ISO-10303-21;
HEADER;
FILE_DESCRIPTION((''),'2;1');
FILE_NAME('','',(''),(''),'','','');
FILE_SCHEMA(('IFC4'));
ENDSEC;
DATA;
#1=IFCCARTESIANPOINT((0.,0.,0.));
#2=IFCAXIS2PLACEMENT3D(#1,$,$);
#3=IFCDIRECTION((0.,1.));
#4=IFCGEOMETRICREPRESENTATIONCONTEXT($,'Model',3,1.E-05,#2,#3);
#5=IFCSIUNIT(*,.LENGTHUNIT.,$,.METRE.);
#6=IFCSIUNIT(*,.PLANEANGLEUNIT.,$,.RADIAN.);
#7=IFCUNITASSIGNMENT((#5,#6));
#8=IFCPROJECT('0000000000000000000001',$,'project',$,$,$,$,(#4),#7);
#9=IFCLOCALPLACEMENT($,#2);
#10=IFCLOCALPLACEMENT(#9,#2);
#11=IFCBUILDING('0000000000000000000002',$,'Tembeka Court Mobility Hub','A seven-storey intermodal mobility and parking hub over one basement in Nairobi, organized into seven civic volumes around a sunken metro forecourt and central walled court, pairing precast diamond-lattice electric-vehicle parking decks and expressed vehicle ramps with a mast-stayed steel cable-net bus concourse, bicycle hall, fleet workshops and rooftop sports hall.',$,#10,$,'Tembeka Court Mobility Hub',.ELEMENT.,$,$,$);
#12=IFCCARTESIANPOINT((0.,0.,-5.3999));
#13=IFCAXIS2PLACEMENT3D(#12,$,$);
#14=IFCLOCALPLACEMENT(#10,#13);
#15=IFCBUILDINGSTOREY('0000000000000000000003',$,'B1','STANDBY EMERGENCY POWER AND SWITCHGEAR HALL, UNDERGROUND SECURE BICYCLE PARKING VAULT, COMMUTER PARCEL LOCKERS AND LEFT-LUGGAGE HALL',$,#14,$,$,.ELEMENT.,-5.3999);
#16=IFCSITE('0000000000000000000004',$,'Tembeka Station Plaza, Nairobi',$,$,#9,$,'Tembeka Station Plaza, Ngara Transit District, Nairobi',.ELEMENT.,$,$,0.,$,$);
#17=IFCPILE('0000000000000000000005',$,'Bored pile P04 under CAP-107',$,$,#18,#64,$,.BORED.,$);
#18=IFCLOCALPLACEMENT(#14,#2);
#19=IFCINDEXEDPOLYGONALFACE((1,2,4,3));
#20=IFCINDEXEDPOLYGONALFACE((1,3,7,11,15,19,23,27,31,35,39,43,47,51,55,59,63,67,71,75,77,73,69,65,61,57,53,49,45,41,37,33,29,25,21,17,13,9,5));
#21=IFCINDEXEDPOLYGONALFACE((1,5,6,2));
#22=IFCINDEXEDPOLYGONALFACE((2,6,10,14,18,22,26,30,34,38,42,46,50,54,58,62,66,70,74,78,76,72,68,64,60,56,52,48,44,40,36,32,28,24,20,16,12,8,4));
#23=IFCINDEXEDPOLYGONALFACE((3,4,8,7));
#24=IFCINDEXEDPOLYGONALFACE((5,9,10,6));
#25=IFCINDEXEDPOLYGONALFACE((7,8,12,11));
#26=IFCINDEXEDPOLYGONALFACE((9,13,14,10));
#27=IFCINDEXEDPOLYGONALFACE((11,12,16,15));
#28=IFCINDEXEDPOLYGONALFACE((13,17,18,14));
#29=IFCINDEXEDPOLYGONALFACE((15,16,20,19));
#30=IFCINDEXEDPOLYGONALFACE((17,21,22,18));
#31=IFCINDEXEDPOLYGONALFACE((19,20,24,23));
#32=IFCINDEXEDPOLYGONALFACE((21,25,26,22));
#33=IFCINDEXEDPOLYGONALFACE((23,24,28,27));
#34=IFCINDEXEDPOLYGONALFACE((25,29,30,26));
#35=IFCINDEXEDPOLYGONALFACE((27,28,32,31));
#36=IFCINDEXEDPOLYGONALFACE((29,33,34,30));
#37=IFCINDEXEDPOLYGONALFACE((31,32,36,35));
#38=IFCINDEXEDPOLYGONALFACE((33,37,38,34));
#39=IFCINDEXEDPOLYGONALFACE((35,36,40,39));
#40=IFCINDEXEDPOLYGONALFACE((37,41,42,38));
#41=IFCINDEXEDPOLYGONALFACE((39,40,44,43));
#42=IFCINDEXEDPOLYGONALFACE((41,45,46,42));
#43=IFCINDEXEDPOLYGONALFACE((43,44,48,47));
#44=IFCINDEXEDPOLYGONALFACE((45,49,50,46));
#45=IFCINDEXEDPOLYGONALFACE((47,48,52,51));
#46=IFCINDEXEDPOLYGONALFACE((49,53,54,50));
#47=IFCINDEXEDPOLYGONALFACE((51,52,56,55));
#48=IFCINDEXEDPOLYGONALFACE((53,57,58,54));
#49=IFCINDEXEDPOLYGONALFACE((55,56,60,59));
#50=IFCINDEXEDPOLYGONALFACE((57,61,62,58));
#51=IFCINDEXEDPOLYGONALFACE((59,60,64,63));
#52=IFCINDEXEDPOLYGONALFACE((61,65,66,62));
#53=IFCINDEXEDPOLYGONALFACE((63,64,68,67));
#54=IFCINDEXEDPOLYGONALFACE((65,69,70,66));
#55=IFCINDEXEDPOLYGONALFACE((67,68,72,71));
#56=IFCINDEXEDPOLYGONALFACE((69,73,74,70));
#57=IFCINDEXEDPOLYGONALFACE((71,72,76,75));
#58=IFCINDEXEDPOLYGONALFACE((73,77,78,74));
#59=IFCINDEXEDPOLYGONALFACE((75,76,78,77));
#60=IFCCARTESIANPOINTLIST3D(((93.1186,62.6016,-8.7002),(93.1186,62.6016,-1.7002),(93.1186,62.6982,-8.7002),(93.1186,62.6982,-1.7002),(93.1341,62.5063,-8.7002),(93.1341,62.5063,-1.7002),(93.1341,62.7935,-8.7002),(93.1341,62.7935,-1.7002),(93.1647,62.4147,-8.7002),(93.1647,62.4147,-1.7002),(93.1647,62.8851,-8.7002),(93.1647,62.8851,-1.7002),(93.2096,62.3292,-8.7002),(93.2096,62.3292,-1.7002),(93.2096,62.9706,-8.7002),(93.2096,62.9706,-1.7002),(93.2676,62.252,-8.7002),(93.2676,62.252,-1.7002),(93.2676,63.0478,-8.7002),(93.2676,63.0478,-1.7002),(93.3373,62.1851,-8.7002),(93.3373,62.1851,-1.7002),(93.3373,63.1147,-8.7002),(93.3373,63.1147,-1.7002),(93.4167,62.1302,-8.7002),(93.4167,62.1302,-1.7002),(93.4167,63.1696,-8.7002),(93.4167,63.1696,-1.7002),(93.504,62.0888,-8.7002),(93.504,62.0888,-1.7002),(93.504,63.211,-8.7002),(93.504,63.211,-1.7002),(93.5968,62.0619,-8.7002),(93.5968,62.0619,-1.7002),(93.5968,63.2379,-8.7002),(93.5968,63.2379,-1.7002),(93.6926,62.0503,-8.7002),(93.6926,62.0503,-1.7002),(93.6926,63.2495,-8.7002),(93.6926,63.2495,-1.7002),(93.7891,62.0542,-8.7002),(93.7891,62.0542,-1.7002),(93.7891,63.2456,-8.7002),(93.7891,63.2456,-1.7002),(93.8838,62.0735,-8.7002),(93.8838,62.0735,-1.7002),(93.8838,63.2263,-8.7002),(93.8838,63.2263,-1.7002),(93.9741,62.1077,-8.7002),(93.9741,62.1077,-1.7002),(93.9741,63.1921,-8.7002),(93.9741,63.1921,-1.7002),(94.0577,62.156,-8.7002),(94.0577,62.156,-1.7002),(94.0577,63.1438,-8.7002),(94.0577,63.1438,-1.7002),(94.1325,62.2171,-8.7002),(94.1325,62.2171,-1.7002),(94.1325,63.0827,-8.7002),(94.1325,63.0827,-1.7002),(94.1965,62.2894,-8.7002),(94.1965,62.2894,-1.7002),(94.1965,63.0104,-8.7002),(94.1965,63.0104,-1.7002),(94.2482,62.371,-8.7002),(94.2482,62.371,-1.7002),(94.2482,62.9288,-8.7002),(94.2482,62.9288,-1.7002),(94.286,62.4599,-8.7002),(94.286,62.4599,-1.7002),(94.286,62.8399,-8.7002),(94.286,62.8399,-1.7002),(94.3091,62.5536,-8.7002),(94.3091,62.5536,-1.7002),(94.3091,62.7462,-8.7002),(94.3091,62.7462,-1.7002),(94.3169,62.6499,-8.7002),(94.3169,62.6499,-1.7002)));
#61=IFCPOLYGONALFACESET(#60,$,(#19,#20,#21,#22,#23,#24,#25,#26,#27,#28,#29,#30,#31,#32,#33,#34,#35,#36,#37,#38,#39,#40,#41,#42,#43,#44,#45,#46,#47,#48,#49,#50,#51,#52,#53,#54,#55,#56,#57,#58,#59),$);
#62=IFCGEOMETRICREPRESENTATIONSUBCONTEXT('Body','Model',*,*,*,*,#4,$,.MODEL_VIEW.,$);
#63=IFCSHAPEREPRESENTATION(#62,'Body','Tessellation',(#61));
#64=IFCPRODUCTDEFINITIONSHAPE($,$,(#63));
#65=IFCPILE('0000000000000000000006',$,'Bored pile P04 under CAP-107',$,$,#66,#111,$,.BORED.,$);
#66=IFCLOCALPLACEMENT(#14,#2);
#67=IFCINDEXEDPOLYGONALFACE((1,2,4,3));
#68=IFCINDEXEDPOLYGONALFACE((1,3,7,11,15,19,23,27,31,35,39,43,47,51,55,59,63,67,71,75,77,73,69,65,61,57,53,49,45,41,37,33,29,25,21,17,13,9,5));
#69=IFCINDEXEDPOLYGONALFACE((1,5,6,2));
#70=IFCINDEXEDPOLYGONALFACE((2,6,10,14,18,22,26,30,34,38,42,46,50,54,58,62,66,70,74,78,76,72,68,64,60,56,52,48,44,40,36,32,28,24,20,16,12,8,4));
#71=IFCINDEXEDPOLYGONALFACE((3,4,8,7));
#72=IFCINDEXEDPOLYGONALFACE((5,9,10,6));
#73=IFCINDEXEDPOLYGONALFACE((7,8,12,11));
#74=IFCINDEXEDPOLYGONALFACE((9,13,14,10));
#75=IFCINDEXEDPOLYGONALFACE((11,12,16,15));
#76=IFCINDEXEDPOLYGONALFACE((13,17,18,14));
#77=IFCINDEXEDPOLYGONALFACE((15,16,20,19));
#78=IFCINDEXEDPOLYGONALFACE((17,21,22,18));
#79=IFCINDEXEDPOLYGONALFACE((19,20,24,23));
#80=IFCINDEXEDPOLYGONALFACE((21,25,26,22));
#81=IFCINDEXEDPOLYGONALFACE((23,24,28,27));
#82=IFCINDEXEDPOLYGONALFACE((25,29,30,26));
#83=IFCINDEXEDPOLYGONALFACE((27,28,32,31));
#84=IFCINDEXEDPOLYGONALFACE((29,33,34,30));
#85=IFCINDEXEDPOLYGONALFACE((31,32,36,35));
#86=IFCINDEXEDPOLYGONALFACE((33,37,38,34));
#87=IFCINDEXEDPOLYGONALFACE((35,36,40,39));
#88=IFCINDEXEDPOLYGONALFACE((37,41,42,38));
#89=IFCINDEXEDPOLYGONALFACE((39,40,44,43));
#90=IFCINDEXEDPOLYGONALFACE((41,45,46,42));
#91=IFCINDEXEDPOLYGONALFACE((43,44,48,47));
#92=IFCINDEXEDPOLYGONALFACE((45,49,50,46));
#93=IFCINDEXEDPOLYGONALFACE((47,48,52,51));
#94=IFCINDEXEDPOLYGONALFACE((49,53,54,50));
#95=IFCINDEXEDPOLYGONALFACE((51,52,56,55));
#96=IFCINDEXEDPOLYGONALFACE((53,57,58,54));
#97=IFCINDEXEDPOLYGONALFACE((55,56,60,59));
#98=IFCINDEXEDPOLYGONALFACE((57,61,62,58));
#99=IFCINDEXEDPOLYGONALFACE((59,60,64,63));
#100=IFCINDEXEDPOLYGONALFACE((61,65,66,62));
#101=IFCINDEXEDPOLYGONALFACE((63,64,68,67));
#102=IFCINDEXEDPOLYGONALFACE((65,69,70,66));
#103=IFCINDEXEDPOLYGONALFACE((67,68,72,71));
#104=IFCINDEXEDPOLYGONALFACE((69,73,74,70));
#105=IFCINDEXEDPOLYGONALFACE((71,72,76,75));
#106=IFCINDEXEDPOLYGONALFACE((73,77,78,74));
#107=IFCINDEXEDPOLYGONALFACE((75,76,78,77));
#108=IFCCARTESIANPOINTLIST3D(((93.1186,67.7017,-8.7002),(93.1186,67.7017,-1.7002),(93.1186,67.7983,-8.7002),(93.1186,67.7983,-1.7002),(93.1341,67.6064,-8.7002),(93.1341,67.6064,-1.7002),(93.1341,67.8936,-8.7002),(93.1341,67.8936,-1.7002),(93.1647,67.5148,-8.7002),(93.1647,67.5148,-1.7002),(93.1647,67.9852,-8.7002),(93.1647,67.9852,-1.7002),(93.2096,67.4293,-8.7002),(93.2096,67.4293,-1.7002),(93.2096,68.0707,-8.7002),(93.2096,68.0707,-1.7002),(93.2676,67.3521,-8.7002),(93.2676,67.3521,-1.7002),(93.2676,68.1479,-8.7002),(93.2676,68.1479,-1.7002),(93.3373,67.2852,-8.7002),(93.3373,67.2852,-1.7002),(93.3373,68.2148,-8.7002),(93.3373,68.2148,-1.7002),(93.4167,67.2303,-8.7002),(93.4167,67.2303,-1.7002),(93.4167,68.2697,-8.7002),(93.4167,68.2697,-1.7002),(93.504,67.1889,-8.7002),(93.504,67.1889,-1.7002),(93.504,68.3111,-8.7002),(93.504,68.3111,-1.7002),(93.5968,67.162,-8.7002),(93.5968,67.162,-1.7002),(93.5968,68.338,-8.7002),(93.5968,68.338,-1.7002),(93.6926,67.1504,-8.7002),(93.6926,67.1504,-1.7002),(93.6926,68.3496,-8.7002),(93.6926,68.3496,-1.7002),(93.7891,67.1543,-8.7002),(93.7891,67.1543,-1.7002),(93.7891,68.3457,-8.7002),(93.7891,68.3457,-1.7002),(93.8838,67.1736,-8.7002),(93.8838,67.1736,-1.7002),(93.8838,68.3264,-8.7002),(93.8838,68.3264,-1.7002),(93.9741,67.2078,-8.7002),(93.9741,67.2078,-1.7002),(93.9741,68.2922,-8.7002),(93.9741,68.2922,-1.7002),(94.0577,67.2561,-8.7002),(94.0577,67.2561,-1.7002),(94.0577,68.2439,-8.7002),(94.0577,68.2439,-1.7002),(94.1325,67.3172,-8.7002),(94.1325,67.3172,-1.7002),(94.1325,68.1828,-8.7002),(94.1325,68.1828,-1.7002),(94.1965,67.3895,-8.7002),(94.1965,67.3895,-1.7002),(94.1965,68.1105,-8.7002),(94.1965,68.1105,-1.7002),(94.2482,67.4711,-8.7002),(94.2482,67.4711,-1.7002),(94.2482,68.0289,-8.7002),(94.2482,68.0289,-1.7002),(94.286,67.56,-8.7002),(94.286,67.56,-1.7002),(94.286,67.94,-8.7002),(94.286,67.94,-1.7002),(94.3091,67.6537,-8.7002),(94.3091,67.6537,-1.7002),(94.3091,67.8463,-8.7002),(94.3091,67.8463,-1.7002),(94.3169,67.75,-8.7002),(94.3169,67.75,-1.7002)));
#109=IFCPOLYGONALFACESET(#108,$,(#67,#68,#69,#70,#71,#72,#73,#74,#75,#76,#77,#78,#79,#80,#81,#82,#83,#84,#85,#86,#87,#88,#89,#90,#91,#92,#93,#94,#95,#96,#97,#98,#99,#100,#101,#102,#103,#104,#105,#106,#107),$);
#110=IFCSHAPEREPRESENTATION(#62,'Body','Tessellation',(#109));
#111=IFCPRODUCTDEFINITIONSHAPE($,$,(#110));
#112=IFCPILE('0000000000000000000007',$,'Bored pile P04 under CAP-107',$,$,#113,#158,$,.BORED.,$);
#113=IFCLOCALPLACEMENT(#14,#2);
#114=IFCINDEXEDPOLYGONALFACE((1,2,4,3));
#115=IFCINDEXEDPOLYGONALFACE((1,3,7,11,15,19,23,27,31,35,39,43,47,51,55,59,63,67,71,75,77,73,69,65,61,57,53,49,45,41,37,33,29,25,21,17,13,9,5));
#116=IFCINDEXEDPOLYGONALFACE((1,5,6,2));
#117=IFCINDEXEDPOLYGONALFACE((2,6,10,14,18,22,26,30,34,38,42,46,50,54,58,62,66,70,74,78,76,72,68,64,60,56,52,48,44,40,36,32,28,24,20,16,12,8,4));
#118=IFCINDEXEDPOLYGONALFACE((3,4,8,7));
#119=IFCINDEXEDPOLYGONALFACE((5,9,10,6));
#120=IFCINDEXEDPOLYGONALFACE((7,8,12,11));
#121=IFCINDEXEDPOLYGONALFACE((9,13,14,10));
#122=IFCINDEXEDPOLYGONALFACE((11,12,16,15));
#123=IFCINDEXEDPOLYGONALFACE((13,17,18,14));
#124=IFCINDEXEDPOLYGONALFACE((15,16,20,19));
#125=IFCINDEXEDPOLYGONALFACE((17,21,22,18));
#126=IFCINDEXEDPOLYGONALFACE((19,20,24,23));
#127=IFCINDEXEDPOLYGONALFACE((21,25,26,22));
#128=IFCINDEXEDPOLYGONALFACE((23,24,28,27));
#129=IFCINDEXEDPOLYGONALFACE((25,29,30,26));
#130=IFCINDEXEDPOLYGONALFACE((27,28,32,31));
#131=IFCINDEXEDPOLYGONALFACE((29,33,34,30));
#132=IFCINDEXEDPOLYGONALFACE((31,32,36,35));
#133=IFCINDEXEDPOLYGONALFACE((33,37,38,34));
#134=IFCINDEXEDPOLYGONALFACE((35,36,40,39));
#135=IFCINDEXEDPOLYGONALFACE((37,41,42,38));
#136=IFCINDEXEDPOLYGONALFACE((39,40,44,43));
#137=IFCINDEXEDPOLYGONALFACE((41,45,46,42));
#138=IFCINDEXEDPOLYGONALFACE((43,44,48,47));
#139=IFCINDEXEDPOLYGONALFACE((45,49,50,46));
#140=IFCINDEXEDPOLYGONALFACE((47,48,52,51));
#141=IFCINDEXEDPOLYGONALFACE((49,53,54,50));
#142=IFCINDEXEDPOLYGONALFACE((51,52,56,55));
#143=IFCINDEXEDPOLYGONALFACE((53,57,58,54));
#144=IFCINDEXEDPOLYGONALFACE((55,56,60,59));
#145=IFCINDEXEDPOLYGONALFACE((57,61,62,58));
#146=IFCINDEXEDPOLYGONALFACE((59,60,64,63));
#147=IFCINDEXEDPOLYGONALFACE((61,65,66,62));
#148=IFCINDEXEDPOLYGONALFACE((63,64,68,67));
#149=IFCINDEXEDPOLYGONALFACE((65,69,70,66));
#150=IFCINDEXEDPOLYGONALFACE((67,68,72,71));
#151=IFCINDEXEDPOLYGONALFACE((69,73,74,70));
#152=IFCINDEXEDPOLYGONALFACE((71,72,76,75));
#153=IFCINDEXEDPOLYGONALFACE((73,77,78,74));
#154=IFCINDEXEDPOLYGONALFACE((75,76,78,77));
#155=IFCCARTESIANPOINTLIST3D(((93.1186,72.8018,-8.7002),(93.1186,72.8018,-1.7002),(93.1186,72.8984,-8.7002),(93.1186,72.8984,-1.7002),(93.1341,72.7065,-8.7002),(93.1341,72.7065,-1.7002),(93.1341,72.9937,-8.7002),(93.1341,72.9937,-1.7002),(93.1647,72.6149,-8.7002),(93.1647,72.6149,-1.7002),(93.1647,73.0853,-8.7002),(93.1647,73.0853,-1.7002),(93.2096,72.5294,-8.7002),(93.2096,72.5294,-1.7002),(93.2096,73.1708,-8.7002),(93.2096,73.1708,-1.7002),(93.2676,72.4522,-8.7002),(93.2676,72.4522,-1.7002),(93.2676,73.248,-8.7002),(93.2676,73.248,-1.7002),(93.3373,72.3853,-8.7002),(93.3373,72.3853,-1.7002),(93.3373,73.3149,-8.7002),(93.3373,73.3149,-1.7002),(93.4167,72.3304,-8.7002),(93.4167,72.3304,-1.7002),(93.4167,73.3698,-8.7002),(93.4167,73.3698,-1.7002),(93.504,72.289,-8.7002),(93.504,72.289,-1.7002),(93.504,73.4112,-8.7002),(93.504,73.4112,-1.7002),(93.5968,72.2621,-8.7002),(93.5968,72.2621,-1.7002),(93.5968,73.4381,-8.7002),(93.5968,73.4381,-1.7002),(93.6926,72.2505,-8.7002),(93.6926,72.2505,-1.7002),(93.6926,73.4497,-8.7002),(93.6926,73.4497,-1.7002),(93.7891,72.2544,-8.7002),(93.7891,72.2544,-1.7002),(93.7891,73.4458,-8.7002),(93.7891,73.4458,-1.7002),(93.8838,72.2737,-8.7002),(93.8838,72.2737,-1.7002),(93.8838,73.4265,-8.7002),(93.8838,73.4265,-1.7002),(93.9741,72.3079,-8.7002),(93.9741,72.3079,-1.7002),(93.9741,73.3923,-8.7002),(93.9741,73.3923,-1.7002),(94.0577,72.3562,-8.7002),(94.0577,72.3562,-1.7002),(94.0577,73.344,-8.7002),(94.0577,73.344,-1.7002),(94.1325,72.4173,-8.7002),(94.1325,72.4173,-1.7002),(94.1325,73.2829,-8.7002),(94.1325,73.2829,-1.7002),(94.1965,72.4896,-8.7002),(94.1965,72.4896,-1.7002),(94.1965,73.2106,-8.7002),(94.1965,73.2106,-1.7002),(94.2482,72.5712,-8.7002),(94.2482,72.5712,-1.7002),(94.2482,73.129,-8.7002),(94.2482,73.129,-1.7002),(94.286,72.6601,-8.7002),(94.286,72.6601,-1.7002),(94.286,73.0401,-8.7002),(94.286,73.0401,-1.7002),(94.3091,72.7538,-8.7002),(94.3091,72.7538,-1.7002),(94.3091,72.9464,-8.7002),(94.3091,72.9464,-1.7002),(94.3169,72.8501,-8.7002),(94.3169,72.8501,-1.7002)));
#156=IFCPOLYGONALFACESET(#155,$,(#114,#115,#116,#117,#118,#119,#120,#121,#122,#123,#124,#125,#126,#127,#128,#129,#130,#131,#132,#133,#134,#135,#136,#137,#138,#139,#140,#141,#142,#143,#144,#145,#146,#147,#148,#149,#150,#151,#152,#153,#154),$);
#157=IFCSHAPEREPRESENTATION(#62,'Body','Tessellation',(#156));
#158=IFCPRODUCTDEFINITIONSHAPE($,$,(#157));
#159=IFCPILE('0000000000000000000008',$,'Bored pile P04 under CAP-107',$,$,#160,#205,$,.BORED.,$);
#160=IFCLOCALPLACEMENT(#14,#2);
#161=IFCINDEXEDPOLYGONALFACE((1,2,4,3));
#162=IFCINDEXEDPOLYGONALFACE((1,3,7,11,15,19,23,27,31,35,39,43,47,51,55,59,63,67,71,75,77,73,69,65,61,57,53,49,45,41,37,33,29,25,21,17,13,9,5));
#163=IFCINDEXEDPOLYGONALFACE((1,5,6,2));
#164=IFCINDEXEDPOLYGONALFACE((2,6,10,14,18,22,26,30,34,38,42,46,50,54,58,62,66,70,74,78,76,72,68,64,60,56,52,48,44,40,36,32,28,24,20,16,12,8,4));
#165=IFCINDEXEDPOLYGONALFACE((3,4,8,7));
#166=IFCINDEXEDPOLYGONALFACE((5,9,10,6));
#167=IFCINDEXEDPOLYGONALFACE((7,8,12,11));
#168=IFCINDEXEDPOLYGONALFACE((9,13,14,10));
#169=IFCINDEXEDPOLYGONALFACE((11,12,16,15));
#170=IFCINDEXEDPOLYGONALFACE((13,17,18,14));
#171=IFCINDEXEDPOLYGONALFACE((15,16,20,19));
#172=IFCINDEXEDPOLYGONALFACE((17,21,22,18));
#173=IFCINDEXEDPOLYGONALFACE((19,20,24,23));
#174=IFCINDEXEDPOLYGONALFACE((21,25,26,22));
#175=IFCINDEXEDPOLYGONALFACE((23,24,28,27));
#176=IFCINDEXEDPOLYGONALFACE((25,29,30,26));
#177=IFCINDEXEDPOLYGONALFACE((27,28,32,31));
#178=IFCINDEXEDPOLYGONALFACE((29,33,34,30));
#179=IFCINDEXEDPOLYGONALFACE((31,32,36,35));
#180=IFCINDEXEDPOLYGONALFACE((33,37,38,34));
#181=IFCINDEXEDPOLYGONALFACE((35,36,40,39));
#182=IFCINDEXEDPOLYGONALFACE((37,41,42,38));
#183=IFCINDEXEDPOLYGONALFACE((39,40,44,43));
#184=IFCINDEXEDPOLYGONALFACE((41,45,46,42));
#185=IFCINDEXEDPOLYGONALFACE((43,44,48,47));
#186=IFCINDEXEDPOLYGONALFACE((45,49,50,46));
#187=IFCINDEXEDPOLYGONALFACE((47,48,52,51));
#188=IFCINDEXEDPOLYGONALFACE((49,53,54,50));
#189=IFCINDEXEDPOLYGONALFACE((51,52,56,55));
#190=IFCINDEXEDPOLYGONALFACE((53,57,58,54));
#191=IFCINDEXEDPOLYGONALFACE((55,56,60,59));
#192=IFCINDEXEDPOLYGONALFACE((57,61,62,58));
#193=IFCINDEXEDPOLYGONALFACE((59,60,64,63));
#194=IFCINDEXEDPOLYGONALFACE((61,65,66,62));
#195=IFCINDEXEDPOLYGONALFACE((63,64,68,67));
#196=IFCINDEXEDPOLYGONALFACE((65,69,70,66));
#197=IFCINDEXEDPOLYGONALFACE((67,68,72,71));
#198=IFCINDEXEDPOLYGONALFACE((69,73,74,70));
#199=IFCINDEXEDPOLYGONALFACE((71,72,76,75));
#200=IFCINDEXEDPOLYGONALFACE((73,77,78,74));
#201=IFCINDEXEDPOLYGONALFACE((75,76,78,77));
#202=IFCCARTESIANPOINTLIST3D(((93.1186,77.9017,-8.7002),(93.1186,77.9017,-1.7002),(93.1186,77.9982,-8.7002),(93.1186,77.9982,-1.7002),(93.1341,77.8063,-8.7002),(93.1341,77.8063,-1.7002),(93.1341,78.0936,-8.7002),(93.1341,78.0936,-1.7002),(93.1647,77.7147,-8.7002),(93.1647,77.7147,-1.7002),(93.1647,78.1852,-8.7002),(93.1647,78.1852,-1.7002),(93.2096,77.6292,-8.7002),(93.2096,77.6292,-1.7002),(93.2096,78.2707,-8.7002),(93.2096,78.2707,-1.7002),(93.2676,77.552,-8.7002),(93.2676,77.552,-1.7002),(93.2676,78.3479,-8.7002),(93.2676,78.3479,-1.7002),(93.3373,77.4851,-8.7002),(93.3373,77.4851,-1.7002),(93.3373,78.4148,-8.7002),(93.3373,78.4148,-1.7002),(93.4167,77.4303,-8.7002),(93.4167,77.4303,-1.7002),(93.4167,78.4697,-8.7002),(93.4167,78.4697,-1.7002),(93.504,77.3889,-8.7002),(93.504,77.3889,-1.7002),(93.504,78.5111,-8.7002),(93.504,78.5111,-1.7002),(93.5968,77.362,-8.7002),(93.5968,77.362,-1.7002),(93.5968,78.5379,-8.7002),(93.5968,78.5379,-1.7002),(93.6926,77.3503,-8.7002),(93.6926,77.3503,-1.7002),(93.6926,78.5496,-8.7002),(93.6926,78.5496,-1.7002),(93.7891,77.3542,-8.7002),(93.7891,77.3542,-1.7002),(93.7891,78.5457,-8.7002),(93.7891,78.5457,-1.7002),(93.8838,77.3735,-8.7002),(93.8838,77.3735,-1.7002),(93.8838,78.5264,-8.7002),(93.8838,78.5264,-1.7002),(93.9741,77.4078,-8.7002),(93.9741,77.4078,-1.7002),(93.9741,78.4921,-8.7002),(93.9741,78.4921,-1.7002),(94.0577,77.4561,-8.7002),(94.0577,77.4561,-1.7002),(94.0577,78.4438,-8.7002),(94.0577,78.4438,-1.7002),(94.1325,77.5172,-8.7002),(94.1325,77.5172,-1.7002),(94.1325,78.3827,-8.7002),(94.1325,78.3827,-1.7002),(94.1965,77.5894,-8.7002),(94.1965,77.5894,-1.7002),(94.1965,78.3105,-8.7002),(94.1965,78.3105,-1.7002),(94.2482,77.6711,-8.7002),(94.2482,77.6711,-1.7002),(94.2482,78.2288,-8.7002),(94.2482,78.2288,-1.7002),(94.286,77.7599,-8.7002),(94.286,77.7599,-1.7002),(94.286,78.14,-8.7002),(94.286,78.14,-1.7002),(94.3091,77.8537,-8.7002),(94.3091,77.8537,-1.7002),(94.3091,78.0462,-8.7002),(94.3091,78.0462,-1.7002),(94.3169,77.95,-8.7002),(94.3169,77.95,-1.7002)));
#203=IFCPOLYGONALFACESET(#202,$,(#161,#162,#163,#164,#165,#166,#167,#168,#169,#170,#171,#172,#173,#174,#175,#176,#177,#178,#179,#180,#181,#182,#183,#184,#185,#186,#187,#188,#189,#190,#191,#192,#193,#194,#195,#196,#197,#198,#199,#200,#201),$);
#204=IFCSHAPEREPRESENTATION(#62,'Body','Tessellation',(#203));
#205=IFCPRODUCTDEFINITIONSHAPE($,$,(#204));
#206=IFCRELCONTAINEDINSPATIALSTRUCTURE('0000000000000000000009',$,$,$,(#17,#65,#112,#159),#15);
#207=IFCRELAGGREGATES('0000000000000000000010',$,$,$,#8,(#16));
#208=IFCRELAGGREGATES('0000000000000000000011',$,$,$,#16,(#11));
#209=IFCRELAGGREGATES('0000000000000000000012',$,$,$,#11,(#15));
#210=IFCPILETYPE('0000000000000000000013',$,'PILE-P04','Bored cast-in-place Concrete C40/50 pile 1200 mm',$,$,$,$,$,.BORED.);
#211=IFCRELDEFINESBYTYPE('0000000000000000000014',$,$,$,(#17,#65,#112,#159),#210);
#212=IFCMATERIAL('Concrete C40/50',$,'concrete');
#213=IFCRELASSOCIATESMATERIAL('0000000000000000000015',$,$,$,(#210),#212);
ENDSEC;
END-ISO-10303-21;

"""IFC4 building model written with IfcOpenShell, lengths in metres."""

from ifc_helpers import new_model, si_unit, direction, frame, origin, origin_2d, place, context, subcontext, project, spatial, circle, extrude, material, material_profile, profile_set, type_object, element, save


model = new_model("IFC4")

# Units and contexts
model_context = context("Model", 3, precision=1e-05, world=origin(), true_north=direction((0.0, 1.0)))
body_context = subcontext(model_context, "Body", "Model", "MODEL_VIEW")
ifc_project = project(units=[si_unit("LENGTHUNIT", "METRE"), si_unit("PLANEANGLEUNIT", "RADIAN")], contexts=[model_context])

# Site, building, storey
site_placement = place(None, origin())
site = spatial("IfcSite", under=ifc_project, at=site_placement, Name="Tembeka Station Plaza, Nairobi", LongName="Tembeka Station Plaza, Ngara Transit District, Nairobi", CompositionType="ELEMENT", RefElevation=0.0)
building_placement = place(site_placement, origin())
building = spatial("IfcBuilding", under=site, at=building_placement, Name="Tembeka Court Mobility Hub", Description="A seven-storey intermodal mobility and parking hub over one basement in Nairobi, organized into seven civic volumes around a sunken metro forecourt and central walled court, pairing precast diamond-lattice electric-vehicle parking decks and expressed vehicle ramps with a mast-stayed steel cable-net bus concourse, bicycle hall, fleet workshops and rooftop sports hall.", LongName="Tembeka Court Mobility Hub", CompositionType="ELEMENT")
storey_placement = place(building_placement, frame((0.0, 0.0, -5.3999)))
storey = spatial("IfcBuildingStorey", under=building, at=storey_placement, Name="B1", Description="STANDBY EMERGENCY POWER AND SWITCHGEAR HALL, UNDERGROUND SECURE BICYCLE PARKING VAULT, COMMUTER PARCEL LOCKERS AND LEFT-LUGGAGE HALL", CompositionType="ELEMENT", Elevation=-5.3999)

# Shared definitions
ifc_material_1 = material(Name="Concrete C40/50", Category="concrete")

# Piles
ifc_material_profile_1 = material_profile(ifc_material_1, circle(Radius=0.6001, at=origin_2d()), Name="PILE D1200")
ifc_profile_set_1 = profile_set([ifc_material_profile_1], Name="Concrete C40/50")
pile_type_1 = type_object("IfcPileType", Name="PILE-P04", Description="Bored cast-in-place Concrete C40/50 pile 1200 mm", PredefinedType="BORED", material=ifc_profile_set_1)
for number, where, z_axis, x_axis, name in (
    (1, (93.7168, 62.6499, -1.7002), (0.0, 0.0, -1.0), (1.0, 0.0, 0.0), "Bored pile P04 under CAP-107"),
    (2, (93.7168, 67.75, -1.7002), (0.0, 0.0, -1.0), (1.0, 0.0, 0.0), "Bored pile P04 under CAP-107"),
    (3, (93.7168, 72.8501, -1.7002), (0.0, 0.0, -1.0), (1.0, 0.0, 0.0), "Bored pile P04 under CAP-107"),
    (4, (93.7168, 77.95, -1.7002), (0.0, 0.0, -1.0), (1.0, 0.0, 0.0), "Bored pile P04 under CAP-107"),
):
    element("IfcPile", number, at=place(storey_placement, frame(where, z_axis=z_axis, x_axis=x_axis)), inside=storey, type_object=pile_type_1, Name=name, PredefinedType="BORED", context=body_context, shape_type="SweptSolid", body=[
        extrude(circle(Radius=0.6001, at=origin_2d()), origin(), (0.0, 0.0, 1.0), 7.0),
    ])

save(model, "model.ifc")
